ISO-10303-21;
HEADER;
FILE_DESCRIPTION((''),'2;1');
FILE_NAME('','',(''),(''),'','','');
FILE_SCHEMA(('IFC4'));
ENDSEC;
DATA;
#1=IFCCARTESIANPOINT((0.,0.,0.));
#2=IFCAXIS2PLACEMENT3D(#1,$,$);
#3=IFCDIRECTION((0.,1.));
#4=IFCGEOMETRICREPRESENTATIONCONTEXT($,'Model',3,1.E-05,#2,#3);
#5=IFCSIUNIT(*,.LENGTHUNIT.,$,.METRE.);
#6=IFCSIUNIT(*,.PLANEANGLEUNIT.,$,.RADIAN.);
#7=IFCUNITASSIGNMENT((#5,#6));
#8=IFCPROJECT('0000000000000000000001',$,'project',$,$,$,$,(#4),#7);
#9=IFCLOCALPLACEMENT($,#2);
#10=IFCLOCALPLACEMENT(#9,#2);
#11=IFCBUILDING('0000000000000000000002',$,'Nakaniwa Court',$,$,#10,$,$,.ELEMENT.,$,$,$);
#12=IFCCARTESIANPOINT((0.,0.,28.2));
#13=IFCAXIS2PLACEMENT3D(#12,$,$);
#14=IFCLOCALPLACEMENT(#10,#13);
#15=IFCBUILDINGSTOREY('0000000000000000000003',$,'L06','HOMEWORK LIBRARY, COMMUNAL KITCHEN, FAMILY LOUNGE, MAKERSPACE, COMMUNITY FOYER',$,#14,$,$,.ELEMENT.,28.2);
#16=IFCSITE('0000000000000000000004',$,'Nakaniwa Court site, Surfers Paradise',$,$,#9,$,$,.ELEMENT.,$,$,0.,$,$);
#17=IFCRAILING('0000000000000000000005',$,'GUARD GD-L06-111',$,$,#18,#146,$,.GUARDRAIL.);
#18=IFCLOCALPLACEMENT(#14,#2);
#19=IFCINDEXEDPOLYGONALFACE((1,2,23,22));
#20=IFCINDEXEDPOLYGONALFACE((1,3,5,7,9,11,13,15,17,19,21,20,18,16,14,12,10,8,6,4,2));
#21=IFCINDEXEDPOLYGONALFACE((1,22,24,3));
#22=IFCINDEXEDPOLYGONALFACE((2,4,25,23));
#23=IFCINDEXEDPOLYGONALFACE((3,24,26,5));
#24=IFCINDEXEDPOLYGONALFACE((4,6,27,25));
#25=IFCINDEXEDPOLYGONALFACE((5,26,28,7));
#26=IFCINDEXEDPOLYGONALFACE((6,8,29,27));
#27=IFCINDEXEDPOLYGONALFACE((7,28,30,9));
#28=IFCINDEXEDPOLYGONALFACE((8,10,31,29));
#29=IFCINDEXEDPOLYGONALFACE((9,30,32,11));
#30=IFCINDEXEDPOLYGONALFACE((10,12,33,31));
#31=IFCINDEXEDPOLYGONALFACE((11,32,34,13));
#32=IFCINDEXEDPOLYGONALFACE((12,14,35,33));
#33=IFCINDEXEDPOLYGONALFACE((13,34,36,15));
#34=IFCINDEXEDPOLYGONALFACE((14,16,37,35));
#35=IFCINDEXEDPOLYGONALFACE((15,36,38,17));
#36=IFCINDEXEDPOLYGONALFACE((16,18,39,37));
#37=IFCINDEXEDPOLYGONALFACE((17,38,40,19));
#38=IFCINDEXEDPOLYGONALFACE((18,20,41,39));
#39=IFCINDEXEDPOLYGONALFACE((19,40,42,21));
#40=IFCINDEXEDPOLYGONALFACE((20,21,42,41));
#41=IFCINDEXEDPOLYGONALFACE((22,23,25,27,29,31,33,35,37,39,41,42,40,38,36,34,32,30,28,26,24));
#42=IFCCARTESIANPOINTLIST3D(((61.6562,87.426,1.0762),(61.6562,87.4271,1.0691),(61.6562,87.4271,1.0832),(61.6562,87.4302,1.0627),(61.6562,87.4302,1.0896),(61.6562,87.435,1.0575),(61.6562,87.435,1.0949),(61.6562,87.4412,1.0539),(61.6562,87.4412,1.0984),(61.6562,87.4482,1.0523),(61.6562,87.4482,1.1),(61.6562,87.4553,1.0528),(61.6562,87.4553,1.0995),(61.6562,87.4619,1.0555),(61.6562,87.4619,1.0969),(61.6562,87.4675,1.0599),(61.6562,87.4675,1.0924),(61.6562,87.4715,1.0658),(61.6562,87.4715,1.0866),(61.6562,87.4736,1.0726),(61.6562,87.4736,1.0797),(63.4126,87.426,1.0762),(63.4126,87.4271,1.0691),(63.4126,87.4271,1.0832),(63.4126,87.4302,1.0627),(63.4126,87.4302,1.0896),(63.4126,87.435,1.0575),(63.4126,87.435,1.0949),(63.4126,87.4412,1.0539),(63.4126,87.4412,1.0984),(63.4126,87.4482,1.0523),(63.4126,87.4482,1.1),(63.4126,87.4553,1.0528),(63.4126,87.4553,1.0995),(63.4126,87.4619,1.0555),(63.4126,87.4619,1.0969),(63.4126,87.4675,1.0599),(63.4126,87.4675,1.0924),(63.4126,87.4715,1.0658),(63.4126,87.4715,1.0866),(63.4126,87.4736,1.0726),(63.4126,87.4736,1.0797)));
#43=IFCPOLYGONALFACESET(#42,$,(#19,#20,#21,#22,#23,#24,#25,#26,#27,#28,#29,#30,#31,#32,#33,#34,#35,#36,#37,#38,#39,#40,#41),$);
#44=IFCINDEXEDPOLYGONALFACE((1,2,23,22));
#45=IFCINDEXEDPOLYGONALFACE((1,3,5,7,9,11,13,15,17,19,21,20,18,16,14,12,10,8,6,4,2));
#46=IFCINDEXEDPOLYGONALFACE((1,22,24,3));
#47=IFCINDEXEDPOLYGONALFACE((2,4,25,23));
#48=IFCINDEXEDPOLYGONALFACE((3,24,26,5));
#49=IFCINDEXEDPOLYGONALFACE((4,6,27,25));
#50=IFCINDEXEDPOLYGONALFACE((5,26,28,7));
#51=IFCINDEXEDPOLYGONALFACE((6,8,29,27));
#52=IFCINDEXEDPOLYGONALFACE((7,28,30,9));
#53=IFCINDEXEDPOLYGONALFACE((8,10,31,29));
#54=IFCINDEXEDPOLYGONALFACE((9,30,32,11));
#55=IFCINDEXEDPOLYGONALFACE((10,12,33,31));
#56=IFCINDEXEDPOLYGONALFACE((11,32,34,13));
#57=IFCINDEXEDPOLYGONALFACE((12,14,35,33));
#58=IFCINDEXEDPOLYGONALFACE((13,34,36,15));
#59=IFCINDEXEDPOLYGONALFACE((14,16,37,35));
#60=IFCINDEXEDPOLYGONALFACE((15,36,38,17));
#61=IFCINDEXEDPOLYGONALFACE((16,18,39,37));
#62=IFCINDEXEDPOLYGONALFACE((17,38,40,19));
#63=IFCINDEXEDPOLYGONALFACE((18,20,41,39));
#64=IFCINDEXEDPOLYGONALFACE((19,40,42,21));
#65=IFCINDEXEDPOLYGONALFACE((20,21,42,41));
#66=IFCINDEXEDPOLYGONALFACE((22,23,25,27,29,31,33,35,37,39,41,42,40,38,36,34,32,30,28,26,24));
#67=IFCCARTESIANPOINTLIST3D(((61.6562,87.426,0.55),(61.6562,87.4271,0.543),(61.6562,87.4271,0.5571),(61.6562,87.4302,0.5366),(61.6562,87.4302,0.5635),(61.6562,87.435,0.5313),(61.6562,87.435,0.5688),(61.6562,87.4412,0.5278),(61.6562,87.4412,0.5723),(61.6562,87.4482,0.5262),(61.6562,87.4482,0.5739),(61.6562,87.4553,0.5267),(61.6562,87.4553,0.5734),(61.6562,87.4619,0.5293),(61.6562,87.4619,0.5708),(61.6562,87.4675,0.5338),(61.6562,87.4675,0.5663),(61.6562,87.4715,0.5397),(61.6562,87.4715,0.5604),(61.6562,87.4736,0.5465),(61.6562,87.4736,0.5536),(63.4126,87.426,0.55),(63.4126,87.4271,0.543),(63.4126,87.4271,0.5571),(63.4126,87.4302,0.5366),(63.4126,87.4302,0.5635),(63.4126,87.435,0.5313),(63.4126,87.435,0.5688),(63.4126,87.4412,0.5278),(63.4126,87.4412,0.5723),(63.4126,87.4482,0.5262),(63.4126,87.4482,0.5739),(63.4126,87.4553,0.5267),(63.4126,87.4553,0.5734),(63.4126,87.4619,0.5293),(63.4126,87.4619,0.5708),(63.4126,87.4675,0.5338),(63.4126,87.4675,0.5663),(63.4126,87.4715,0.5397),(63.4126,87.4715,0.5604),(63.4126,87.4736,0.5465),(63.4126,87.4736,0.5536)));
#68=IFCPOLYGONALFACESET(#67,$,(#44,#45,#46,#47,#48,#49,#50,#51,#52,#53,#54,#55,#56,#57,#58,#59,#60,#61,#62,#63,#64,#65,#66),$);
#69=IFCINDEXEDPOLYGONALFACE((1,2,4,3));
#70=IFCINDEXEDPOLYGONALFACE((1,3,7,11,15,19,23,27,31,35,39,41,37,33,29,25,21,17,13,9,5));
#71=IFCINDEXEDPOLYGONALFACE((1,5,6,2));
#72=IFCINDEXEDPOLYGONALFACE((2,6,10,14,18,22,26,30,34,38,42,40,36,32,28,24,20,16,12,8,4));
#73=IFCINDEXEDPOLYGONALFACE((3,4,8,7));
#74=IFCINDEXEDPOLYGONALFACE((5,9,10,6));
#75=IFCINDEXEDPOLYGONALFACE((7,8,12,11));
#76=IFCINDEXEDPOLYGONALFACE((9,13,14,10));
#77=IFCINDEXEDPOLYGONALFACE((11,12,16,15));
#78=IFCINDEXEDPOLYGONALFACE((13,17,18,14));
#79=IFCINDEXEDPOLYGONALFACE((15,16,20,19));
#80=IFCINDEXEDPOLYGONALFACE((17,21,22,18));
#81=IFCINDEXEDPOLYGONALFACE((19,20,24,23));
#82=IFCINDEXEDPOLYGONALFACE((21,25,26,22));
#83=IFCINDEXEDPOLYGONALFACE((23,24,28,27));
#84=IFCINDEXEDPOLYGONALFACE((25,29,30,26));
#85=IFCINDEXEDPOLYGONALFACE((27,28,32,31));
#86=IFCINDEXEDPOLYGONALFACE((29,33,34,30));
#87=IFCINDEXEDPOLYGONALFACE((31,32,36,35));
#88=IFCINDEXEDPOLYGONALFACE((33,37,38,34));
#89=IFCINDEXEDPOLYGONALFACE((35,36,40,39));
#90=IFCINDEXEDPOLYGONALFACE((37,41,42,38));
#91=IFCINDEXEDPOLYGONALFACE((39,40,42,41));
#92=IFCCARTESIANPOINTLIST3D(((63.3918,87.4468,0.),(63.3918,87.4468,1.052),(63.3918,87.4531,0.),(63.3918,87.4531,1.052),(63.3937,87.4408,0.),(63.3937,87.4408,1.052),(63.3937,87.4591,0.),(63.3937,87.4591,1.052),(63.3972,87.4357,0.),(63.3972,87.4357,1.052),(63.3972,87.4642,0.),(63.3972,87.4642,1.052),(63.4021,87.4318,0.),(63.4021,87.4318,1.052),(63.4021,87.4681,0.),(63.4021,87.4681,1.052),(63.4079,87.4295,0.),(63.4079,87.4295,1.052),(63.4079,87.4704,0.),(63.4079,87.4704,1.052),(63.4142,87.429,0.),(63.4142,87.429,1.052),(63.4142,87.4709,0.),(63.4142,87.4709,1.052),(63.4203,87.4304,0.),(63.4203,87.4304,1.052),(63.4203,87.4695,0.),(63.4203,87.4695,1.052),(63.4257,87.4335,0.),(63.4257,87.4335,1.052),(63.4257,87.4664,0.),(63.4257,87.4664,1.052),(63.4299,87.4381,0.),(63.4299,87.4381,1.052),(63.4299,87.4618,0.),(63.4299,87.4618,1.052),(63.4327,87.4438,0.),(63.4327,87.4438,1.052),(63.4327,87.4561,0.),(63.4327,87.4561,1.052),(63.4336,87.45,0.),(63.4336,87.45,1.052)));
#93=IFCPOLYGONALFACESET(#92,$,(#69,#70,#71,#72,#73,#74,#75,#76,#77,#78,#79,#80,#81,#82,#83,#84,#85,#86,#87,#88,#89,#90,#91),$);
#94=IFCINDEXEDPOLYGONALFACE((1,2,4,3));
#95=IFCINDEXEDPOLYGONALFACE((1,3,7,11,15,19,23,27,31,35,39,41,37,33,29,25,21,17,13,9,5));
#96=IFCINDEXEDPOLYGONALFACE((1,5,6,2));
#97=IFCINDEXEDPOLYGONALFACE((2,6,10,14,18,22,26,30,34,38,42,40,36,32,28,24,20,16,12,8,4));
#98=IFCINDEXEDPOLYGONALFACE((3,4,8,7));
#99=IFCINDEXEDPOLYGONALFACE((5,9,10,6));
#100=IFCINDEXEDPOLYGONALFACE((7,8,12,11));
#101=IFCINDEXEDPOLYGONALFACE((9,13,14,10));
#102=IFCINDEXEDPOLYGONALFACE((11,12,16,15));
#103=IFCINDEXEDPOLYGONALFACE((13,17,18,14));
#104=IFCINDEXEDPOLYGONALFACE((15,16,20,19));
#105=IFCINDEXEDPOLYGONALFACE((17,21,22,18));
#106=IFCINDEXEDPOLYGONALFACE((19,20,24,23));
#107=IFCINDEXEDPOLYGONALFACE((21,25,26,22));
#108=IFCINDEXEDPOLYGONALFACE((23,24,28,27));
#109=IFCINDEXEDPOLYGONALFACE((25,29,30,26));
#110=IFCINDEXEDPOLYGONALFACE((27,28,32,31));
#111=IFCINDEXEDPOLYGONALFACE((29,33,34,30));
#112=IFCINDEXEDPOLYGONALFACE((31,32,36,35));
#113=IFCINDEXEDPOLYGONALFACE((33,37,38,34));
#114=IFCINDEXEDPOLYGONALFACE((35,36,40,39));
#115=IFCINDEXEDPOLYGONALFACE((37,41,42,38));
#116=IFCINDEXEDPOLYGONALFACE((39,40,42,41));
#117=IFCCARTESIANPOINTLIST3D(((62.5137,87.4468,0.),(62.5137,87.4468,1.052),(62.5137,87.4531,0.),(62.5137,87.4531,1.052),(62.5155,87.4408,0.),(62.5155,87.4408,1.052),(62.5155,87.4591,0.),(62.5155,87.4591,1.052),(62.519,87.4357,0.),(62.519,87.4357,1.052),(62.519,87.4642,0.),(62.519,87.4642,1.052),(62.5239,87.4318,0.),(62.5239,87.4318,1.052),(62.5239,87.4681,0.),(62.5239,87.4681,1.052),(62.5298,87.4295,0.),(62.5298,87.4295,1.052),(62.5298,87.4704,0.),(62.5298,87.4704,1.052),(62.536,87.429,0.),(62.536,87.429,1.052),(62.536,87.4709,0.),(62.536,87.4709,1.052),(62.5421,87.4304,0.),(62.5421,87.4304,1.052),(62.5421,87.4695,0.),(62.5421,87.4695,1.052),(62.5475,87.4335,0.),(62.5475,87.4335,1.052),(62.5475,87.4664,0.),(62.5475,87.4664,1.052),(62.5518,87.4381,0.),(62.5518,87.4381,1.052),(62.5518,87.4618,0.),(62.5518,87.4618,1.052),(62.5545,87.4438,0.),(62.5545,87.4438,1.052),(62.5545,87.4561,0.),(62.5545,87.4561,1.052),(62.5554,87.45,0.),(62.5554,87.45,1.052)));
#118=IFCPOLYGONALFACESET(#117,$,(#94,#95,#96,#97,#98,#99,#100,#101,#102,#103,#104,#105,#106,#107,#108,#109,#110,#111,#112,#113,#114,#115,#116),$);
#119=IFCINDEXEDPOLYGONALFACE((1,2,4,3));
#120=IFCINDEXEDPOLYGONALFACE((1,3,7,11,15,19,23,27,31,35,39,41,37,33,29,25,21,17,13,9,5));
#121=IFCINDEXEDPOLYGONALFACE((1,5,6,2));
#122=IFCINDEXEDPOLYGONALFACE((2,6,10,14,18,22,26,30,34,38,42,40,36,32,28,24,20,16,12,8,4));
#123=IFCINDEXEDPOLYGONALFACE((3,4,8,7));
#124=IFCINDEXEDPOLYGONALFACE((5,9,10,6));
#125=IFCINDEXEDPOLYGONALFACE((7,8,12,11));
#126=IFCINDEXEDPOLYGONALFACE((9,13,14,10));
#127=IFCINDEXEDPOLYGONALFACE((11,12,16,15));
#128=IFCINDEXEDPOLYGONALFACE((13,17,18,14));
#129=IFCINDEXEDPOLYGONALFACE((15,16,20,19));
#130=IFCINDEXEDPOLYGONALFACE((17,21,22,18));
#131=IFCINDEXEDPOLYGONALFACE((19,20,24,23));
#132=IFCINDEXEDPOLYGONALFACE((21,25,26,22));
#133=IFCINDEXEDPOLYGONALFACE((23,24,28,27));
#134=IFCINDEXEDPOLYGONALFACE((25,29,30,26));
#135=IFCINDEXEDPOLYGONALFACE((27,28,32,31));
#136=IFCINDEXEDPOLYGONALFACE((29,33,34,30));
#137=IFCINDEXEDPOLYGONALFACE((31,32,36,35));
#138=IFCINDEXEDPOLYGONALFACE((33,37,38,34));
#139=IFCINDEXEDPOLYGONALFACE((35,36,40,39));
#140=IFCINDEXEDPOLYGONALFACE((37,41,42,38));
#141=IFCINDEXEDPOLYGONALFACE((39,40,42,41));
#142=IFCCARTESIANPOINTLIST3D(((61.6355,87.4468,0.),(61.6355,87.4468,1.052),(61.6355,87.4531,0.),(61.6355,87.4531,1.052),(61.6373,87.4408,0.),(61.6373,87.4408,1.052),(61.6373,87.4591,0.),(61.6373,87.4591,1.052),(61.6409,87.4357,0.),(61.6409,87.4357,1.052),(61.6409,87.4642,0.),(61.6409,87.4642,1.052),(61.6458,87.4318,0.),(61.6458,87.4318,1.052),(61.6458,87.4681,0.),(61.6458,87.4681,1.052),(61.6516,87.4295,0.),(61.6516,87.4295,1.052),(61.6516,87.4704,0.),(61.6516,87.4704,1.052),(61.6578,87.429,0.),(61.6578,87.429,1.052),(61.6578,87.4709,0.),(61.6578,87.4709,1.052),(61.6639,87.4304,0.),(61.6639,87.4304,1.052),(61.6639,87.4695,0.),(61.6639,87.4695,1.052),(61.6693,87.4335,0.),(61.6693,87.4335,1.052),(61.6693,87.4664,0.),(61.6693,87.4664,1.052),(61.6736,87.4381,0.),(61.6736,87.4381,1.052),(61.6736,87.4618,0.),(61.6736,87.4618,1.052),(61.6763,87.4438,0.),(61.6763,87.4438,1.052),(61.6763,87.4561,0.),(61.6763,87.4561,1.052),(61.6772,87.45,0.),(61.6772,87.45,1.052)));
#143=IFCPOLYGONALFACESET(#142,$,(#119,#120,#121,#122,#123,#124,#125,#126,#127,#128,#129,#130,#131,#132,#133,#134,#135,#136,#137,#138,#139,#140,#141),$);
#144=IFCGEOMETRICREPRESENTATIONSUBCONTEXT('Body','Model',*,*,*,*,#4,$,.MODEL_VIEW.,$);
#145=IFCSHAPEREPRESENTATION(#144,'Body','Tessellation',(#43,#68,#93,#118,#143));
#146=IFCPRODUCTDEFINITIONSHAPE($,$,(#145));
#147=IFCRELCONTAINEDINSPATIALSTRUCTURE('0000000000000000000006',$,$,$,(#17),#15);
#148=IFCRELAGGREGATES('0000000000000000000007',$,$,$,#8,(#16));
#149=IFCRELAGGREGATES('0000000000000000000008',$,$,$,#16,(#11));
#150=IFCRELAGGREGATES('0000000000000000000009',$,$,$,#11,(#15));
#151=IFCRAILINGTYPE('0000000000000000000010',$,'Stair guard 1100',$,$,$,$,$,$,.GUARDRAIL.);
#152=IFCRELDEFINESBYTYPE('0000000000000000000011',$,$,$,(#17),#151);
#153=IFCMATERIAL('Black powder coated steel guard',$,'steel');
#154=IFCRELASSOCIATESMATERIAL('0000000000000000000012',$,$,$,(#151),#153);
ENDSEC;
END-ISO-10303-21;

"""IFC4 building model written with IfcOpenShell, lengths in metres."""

from ifc_helpers import new_model, si_unit, direction, frame, origin, origin_2d, place, context, subcontext, project, spatial, circle, extrude, material, type_object, element, save


model = new_model("IFC4")

# Units and contexts
model_context = context("Model", 3, precision=1e-05, world=origin(), true_north=direction((0.0, 1.0)))
body_context = subcontext(model_context, "Body", "Model", "MODEL_VIEW")
ifc_project = project(units=[si_unit("LENGTHUNIT", "METRE"), si_unit("PLANEANGLEUNIT", "RADIAN")], contexts=[model_context])

# Site, building, storey
site_placement = place(None, origin())
site = spatial("IfcSite", under=ifc_project, at=site_placement, Name="Nakaniwa Court site, Surfers Paradise", CompositionType="ELEMENT", RefElevation=0.0)
building_placement = place(site_placement, origin())
building = spatial("IfcBuilding", under=site, at=building_placement, Name="Nakaniwa Court", CompositionType="ELEMENT")
storey_placement = place(building_placement, frame((0.0, 0.0, 28.2)))
storey = spatial("IfcBuildingStorey", under=building, at=storey_placement, Name="L06", Description="HOMEWORK LIBRARY, COMMUNAL KITCHEN, FAMILY LOUNGE, MAKERSPACE, COMMUNITY FOYER", CompositionType="ELEMENT", Elevation=28.2)

# Railing
ifc_material_1 = material(Name="Black powder coated steel guard", Category="steel")
railing_type_1 = type_object("IfcRailingType", Name="Stair guard 1100", PredefinedType="GUARDRAIL", material=ifc_material_1)
railing_1_placement = place(storey_placement, frame((63.4126, 87.45, 0.0)))
element("IfcRailing", 1, at=railing_1_placement, inside=storey, type_object=railing_type_1, Name="GUARD GD-L06-111", PredefinedType="GUARDRAIL", context=body_context, shape_type="SweptSolid", body=[
    extrude(circle(Radius=0.0239, at=origin_2d()), frame((0.0, 0.0, 1.0762), z_axis=(-1.0, 0.0, 0.0), x_axis=(0.0, -1.0, 0.0)), (0.0, 0.0, 1.0), 1.7563),
    extrude(circle(Radius=0.0239, at=origin_2d()), frame((0.0, 0.0, 0.55), z_axis=(-1.0, 0.0, 0.0), x_axis=(0.0, -1.0, 0.0)), (0.0, 0.0, 1.0), 1.7563),
    extrude(circle(Radius=0.021, at=origin_2d()), origin(), (0.0, 0.0, 1.0), 1.052),
    extrude(circle(Radius=0.021, at=origin_2d()), frame((-0.8782, 0.0, 0.0)), (0.0, 0.0, 1.0), 1.052),
    extrude(circle(Radius=0.021, at=origin_2d()), frame((-1.7563, 0.0, 0.0)), (0.0, 0.0, 1.0), 1.052),
])

save(model, "model.ifc")
